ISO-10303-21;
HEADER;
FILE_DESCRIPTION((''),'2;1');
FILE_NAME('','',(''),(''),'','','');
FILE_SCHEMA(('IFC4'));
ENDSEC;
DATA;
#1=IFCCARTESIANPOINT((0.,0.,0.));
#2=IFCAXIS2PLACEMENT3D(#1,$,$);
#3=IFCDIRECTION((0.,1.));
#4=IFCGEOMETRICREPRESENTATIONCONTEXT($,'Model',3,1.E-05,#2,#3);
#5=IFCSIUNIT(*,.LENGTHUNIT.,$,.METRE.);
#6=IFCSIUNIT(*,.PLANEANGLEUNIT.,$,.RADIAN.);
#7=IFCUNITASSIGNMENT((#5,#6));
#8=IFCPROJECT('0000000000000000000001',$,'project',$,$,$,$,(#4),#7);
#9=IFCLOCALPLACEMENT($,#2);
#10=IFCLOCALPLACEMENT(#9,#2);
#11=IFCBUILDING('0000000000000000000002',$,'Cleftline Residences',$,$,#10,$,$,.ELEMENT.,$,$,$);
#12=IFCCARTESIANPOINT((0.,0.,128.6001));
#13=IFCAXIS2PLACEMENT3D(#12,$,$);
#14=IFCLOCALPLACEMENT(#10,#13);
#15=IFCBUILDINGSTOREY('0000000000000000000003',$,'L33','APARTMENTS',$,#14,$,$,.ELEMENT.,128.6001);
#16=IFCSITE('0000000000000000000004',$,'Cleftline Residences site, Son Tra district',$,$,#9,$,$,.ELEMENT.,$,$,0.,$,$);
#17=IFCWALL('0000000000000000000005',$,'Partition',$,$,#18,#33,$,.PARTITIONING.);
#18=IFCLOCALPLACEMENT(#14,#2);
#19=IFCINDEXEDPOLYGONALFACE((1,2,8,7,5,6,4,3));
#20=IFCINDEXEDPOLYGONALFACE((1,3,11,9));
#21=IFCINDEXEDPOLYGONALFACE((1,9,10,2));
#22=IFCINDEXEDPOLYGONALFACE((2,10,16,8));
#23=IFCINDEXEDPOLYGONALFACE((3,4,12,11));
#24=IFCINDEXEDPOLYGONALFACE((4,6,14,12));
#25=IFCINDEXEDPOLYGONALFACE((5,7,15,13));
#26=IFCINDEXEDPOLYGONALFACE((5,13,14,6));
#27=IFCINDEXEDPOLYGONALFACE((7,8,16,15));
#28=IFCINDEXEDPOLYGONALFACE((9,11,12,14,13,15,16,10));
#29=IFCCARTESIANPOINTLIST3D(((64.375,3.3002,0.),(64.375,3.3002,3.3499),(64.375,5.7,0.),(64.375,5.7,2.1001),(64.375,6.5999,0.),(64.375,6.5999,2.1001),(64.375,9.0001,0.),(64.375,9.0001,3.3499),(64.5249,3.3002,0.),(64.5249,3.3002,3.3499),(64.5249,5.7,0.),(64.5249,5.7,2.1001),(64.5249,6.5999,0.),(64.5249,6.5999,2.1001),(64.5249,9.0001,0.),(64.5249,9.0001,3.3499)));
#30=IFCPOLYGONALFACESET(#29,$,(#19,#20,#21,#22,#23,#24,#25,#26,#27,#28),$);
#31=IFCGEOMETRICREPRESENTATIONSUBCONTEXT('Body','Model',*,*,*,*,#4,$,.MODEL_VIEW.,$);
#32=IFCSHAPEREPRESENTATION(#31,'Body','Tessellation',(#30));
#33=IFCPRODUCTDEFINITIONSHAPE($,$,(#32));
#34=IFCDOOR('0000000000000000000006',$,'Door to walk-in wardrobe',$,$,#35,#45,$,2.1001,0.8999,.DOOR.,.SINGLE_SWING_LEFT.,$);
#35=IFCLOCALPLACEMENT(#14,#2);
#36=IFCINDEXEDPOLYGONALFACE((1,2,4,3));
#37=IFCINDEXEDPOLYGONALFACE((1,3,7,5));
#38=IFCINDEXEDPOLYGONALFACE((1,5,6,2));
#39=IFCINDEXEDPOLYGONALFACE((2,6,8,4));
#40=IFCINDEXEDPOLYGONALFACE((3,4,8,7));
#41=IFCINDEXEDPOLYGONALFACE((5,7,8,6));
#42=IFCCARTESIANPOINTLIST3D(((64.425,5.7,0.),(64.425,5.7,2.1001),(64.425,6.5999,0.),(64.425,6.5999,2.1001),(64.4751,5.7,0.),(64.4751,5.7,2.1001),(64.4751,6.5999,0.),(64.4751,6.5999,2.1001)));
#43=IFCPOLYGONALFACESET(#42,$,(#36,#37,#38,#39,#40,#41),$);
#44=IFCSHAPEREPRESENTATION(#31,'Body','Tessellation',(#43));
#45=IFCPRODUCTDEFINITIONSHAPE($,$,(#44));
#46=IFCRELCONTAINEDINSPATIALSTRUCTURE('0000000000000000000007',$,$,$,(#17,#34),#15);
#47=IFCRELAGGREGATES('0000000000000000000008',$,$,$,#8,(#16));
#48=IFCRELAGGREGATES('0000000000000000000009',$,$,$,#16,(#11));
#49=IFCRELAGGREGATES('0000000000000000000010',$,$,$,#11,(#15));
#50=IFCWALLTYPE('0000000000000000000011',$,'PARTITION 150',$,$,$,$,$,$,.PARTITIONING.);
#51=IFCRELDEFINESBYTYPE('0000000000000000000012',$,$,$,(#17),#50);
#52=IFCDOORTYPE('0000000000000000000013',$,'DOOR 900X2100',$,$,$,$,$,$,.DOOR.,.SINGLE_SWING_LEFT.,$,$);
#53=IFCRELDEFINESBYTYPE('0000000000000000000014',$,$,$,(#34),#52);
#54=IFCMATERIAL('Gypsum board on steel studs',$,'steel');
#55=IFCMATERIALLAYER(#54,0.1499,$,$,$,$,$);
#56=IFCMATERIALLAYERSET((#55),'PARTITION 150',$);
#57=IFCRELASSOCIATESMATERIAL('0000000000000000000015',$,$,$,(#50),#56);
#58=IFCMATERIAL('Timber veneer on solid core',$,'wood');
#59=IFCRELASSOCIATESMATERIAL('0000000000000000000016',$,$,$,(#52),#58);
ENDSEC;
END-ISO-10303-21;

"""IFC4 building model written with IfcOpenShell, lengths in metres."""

from ifc_helpers import new_model, si_unit, direction, frame, frame_2d, origin, place, context, subcontext, project, spatial, rectangle, extrude, material, layer, layer_set, type_object, element, fill, save


model = new_model("IFC4")

# Units and contexts
model_context = context("Model", 3, precision=1e-05, world=origin(), true_north=direction((0.0, 1.0)))
body_context = subcontext(model_context, "Body", "Model", "MODEL_VIEW")
ifc_project = project(units=[si_unit("LENGTHUNIT", "METRE"), si_unit("PLANEANGLEUNIT", "RADIAN")], contexts=[model_context])

# Site, building, storey
site_placement = place(None, origin())
site = spatial("IfcSite", under=ifc_project, at=site_placement, Name="Cleftline Residences site, Son Tra district", CompositionType="ELEMENT", RefElevation=0.0)
building_placement = place(site_placement, origin())
building = spatial("IfcBuilding", under=site, at=building_placement, Name="Cleftline Residences", CompositionType="ELEMENT")
storey_placement = place(building_placement, frame((0.0, 0.0, 128.6001)))
storey = spatial("IfcBuildingStorey", under=building, at=storey_placement, Name="L33", Description="APARTMENTS", CompositionType="ELEMENT", Elevation=128.6001)

# Wall, opening, door
ifc_material_1 = material(Name="Gypsum board on steel studs", Category="steel")
ifc_layer_1 = layer(ifc_material_1, 0.1499)
ifc_layer_set_1 = layer_set([ifc_layer_1], Name="PARTITION 150")
wall_type_1 = type_object("IfcWallType", Name="PARTITION 150", PredefinedType="PARTITIONING", material=ifc_layer_set_1)
wall_1_placement = place(storey_placement, frame((64.45, 3.3, 0.0), z_axis=(0.0, 0.0, 1.0), x_axis=(0.0, 1.0, 0.0)))
wall_1 = element("IfcWall", 1, at=wall_1_placement, inside=storey, type_object=wall_type_1, Name="Partition", PredefinedType="PARTITIONING", context=body_context, shape_type="SweptSolid", body=[
    extrude(rectangle(XDim=5.7, YDim=0.1499, at=frame_2d((2.8501, 0.0))), origin(), (0.0, 0.0, 1.0), 3.3499),
])
opening_1_placement = place(wall_1_placement, frame((2.3999, 0.0, 0.0)))
opening_1 = element("IfcOpeningElement", 2, at=opening_1_placement, cuts=wall_1, PredefinedType="OPENING", context=body_context, shape_type="SweptSolid", body=[
    extrude(rectangle(XDim=0.8999, YDim=2.1001, at=frame_2d((0.45, 1.05))), frame((0.0, 0.085, 0.0), z_axis=(0.0, -1.0, 0.0), x_axis=(1.0, 0.0, 0.0)), (0.0, 0.0, 1.0), 0.1699),
])
ifc_material_2 = material(Name="Timber veneer on solid core", Category="wood")
door_type = type_object("IfcDoorType", Name="DOOR 900X2100", OperationType="SINGLE_SWING_LEFT", PredefinedType="DOOR", material=ifc_material_2)
door_placement = place(opening_1_placement, origin())
door = element("IfcDoor", 3, at=door_placement, inside=storey, type_object=door_type, Name="Door to walk-in wardrobe", OperationType="SINGLE_SWING_LEFT", OverallHeight=2.1001, OverallWidth=0.8999, PredefinedType="DOOR", context=body_context, shape_type="SweptSolid", body=[
    extrude(rectangle(XDim=0.8999, YDim=2.1001, at=frame_2d((0.45, 1.05))), frame((0.0, 0.0249, 0.0), z_axis=(0.0, -1.0, 0.0), x_axis=(1.0, 0.0, 0.0)), (0.0, 0.0, 1.0), 0.05),
])
fill(opening_1, door)

save(model, "model.ifc")
